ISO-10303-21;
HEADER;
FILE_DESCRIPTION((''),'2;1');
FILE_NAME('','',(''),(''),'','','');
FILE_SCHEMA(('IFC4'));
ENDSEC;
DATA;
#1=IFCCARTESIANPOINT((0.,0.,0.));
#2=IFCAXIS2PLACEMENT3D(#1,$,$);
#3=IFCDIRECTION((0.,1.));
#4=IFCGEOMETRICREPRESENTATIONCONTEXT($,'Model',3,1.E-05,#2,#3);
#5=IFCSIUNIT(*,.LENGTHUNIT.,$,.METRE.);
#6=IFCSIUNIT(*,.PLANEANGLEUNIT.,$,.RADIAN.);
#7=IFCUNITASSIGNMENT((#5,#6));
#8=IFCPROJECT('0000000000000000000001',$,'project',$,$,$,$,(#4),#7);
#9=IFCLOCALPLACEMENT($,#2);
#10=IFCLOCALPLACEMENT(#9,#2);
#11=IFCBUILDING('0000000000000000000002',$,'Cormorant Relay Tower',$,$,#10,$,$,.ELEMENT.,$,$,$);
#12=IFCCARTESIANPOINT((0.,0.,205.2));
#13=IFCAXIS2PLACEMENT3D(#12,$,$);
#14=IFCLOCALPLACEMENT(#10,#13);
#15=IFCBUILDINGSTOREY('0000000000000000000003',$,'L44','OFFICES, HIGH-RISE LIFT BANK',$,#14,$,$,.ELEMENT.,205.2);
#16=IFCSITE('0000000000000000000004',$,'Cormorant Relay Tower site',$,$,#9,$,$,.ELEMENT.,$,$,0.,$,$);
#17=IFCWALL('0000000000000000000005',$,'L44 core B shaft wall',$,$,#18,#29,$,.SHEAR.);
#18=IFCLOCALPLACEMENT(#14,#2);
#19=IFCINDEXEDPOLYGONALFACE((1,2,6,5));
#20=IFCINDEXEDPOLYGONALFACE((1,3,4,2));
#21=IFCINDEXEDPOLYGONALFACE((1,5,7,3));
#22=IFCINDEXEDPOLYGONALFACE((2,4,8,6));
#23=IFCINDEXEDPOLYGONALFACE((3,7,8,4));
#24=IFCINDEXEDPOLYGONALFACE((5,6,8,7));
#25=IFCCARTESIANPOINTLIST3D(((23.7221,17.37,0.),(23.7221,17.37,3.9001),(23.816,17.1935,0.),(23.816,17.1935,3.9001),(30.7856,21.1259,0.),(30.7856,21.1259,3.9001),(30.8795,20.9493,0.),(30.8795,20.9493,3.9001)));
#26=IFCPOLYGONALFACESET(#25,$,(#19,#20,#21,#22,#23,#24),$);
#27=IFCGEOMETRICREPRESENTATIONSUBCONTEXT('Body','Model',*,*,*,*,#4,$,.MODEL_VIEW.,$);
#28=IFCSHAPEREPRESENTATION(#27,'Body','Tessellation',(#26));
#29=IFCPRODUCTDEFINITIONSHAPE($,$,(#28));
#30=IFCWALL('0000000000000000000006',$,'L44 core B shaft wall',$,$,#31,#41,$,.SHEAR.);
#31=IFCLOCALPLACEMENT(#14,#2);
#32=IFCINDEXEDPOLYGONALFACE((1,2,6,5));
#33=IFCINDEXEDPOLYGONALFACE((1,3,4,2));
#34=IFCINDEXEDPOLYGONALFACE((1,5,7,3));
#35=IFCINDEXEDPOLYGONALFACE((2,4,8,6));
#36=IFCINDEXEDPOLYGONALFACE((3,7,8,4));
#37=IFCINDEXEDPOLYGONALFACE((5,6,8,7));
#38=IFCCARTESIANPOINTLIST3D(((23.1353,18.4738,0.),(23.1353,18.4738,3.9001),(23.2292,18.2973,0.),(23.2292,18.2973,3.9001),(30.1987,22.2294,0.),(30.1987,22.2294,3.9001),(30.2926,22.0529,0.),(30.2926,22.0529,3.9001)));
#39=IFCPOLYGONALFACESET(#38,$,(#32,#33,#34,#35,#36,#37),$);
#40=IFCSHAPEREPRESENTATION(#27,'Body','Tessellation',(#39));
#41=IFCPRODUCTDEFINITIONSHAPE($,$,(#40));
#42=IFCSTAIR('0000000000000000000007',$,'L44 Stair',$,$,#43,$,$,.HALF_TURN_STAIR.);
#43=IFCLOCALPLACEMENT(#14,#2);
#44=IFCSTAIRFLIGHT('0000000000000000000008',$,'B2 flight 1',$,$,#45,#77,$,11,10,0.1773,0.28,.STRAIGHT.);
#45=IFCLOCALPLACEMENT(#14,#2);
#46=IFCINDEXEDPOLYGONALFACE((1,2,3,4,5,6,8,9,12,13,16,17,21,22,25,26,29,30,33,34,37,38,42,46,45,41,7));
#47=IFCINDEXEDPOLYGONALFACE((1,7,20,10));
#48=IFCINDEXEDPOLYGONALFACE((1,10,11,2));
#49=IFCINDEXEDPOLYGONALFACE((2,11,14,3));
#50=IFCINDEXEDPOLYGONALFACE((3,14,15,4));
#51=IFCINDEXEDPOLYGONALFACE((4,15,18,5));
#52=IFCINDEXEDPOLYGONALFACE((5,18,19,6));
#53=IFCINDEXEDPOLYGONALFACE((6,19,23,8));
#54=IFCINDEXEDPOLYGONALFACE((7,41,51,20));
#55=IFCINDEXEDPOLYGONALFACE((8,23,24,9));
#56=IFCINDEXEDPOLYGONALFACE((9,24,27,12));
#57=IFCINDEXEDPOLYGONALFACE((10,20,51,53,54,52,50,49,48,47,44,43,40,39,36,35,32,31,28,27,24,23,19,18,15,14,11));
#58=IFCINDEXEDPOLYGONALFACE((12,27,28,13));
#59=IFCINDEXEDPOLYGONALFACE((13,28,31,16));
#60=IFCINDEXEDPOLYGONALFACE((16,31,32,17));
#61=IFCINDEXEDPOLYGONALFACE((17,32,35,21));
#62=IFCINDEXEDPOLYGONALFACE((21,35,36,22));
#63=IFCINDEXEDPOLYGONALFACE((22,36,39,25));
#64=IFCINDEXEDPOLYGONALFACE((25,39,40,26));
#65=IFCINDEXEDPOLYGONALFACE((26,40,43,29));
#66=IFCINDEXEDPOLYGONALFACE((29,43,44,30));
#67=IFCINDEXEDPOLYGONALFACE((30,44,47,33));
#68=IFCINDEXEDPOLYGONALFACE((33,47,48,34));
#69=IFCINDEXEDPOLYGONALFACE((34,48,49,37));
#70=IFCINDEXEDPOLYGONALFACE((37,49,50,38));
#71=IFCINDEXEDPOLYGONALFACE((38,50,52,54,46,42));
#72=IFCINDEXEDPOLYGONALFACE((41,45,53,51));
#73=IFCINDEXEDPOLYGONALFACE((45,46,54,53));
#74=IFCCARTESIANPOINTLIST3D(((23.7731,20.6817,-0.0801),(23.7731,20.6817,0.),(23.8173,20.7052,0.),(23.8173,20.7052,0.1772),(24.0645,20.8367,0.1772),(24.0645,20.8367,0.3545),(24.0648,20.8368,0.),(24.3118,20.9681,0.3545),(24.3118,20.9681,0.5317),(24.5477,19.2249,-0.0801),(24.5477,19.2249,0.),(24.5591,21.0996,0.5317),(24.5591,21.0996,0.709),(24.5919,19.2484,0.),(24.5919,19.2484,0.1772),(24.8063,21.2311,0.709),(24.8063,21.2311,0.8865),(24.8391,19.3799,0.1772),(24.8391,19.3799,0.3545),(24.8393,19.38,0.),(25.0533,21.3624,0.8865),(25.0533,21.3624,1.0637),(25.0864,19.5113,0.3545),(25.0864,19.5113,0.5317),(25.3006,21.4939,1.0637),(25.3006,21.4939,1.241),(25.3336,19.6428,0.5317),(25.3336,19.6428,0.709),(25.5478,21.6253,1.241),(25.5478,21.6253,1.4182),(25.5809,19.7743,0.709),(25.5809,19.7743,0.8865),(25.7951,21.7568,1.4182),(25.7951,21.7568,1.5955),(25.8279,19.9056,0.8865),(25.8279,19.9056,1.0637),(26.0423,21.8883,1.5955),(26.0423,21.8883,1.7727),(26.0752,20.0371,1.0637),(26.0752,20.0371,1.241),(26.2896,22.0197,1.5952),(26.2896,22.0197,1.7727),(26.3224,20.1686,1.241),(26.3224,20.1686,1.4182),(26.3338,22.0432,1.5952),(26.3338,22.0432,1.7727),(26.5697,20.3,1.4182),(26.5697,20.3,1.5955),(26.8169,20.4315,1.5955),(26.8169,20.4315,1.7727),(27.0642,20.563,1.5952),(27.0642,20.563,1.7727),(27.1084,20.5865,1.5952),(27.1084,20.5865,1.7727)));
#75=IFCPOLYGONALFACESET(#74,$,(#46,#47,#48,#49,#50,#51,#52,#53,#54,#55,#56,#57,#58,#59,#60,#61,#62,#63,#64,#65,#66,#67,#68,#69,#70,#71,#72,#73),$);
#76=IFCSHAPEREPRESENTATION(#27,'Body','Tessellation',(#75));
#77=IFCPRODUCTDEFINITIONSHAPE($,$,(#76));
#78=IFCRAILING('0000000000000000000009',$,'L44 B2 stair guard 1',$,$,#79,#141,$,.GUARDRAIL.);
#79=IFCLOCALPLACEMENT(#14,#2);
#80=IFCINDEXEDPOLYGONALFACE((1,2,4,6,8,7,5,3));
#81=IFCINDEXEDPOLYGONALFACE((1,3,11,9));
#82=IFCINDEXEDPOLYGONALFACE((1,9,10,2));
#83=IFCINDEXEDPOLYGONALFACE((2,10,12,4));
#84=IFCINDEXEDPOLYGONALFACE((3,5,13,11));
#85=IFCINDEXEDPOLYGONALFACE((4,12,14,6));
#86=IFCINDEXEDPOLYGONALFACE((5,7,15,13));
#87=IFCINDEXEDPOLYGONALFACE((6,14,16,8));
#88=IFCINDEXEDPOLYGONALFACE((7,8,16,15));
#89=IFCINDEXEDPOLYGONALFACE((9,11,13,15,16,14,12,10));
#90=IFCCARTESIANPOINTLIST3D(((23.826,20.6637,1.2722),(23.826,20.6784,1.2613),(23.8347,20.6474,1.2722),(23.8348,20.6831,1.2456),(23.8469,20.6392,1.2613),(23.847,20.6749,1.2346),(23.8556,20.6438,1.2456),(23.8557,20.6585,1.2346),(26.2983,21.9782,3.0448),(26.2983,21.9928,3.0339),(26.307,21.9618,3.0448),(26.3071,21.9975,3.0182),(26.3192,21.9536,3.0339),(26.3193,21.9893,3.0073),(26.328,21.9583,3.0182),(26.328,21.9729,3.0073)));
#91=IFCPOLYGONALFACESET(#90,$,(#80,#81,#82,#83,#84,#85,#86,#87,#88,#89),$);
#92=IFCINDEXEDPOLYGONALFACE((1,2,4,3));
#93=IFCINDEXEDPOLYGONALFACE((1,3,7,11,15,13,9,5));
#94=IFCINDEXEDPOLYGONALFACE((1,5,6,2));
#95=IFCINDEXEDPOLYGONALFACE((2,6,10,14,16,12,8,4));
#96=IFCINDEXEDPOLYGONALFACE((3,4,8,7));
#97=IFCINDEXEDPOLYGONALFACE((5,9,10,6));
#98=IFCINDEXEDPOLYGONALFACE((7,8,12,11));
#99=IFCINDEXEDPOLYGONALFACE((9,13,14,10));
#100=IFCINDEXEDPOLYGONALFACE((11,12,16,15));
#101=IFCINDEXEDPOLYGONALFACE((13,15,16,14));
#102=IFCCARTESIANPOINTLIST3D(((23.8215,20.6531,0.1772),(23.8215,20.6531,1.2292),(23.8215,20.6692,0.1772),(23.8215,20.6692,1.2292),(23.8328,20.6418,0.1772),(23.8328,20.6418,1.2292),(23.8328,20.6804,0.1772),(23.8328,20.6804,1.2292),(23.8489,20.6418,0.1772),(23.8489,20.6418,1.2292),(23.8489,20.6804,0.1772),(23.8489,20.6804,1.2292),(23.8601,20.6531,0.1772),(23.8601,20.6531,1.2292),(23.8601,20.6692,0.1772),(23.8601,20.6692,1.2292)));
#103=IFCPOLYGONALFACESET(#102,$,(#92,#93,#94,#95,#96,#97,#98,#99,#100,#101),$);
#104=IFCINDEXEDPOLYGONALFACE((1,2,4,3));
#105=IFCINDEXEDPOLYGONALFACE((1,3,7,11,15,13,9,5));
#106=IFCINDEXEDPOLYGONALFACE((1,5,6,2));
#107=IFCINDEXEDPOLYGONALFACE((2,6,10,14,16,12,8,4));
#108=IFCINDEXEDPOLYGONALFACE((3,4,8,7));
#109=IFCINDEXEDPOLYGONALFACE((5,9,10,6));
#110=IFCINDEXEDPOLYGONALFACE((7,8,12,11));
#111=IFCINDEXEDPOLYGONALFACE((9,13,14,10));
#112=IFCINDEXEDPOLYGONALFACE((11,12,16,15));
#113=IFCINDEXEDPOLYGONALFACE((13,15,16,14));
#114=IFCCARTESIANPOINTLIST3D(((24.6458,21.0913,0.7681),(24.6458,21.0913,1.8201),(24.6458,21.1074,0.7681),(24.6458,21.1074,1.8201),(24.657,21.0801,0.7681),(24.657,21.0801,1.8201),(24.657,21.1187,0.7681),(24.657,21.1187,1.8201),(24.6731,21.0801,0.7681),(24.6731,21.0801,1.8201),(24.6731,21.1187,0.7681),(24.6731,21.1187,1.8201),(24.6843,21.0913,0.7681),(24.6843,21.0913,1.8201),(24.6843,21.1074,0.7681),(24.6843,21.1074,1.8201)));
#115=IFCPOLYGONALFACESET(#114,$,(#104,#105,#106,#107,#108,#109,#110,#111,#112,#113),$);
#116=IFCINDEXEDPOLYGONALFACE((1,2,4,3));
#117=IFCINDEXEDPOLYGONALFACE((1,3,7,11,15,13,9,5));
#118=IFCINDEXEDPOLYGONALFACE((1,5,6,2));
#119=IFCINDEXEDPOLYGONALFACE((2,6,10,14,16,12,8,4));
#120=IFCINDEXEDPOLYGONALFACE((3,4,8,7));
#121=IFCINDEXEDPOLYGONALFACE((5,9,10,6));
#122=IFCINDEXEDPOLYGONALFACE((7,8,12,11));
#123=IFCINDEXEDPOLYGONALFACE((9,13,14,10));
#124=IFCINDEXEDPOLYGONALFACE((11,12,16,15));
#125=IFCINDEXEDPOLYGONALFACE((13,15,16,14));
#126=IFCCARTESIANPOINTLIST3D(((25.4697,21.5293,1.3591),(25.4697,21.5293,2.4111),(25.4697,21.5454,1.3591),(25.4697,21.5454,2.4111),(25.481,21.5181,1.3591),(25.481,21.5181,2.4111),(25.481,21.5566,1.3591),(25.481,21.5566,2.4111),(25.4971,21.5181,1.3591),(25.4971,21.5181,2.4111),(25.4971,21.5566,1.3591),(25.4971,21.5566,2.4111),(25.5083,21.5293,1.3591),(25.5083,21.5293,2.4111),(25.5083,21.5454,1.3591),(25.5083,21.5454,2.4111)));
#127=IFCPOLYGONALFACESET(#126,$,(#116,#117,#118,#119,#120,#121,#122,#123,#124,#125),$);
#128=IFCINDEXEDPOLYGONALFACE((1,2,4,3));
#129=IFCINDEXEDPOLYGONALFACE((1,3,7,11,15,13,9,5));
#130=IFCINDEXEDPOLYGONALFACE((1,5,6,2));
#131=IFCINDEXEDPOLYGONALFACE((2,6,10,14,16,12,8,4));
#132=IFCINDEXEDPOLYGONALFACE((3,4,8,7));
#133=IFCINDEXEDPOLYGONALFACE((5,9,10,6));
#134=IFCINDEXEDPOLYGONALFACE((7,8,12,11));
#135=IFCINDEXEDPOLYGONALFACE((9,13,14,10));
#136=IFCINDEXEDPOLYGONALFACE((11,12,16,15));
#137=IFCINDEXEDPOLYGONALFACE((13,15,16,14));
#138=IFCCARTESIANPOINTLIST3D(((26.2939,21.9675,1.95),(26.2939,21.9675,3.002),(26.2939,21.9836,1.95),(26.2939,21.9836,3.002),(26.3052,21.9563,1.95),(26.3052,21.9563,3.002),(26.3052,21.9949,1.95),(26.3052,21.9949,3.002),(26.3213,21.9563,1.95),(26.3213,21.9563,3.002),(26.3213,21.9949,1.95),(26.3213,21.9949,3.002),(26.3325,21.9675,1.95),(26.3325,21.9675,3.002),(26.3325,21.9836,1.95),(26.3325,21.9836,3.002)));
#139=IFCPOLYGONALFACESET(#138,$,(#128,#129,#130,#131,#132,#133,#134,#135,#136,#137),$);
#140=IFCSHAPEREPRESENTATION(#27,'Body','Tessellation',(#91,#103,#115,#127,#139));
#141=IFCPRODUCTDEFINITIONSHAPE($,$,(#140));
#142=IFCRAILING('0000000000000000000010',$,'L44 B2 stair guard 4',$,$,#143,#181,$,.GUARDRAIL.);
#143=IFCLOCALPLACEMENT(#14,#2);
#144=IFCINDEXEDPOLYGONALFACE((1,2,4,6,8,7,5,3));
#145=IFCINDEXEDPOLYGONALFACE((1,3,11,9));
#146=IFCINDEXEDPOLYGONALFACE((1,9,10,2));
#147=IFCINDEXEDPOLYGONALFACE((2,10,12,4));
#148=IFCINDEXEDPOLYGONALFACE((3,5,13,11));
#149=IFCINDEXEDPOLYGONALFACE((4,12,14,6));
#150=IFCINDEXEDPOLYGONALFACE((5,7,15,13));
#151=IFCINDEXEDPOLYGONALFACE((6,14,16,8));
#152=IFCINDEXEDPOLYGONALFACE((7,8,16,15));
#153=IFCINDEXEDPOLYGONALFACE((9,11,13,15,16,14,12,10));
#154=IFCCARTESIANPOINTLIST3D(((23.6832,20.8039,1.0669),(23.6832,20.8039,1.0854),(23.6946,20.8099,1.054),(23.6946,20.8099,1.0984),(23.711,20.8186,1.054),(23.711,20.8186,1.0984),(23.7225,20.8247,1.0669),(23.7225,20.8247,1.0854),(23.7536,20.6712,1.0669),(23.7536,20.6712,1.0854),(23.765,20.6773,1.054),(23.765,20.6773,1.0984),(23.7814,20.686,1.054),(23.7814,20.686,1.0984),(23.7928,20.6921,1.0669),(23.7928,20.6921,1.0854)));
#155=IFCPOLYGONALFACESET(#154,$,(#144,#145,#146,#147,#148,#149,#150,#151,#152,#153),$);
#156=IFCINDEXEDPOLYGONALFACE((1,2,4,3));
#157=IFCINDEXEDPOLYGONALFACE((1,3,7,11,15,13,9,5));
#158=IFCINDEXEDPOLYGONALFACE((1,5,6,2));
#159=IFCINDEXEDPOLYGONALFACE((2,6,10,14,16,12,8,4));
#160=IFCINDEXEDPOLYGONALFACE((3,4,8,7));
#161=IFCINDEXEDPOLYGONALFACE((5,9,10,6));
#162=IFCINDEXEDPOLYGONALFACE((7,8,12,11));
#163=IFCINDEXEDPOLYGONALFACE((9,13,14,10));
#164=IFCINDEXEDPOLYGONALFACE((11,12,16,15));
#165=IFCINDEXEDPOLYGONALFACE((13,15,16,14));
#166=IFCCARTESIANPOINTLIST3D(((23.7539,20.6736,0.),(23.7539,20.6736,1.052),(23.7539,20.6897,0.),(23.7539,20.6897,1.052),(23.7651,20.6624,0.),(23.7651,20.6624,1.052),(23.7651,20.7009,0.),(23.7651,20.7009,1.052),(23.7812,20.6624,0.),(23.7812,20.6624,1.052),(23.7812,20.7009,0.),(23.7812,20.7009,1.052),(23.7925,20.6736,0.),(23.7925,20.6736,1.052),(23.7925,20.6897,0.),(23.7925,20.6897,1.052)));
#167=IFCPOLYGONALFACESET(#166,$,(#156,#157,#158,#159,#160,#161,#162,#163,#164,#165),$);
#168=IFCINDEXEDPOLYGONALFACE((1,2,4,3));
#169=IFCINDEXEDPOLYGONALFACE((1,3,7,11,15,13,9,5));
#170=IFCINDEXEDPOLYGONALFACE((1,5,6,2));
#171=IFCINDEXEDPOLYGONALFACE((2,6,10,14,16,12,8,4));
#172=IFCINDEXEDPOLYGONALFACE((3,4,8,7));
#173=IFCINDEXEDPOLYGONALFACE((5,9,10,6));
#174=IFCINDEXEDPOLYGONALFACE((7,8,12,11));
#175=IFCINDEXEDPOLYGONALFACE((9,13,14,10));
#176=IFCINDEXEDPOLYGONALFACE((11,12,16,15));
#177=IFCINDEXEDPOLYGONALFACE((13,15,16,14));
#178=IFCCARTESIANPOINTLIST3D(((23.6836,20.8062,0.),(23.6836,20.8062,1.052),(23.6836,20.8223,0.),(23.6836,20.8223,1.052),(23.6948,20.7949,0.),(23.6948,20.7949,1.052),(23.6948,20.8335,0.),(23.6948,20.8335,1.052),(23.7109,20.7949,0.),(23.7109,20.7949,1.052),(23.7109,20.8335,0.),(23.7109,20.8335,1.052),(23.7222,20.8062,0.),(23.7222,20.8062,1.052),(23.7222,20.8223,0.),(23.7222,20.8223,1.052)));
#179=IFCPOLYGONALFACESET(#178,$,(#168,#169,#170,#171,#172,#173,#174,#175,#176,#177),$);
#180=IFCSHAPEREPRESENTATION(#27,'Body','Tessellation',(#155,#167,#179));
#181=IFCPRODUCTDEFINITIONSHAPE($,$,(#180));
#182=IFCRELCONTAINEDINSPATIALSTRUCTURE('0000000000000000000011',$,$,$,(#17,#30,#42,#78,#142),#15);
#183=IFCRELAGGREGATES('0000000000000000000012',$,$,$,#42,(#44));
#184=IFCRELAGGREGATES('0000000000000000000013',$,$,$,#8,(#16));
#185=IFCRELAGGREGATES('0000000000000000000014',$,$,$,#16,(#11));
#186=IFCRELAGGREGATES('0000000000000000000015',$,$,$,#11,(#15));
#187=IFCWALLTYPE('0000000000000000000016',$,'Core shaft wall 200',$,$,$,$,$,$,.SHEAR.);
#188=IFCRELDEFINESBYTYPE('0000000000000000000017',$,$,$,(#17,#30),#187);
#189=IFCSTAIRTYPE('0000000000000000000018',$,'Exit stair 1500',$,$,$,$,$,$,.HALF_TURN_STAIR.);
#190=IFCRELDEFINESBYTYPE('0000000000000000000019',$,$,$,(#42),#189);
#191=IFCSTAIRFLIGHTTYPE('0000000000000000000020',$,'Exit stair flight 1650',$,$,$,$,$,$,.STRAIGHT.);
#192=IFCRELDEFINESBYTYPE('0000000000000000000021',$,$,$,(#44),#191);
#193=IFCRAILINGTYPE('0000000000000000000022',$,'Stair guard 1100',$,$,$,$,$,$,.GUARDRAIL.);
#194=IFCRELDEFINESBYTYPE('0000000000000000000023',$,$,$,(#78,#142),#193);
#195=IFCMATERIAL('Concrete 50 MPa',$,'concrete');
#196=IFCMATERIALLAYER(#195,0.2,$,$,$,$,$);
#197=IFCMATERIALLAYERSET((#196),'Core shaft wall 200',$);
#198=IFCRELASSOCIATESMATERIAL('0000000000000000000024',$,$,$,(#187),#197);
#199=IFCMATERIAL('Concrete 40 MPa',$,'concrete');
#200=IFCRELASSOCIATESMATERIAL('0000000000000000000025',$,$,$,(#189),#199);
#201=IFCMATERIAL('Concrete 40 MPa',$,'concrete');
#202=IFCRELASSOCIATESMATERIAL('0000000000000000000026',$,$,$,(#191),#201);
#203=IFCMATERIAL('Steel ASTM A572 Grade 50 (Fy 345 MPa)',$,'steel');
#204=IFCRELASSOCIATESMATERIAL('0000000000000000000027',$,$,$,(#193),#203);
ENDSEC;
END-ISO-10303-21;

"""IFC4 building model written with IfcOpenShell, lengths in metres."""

from ifc_helpers import new_model, si_unit, direction, frame, frame_2d, origin, place, context, subcontext, project, spatial, polyline, rectangle, outline, extrude, material, layer, layer_set, type_object, element, aggregate, save


model = new_model("IFC4")

# Units and contexts
model_context = context("Model", 3, precision=1e-05, world=origin(), true_north=direction((0.0, 1.0)))
body_context = subcontext(model_context, "Body", "Model", "MODEL_VIEW")
ifc_project = project(units=[si_unit("LENGTHUNIT", "METRE"), si_unit("PLANEANGLEUNIT", "RADIAN")], contexts=[model_context])

# Site, building, storey
site_placement = place(None, origin())
site = spatial("IfcSite", under=ifc_project, at=site_placement, Name="Cormorant Relay Tower site", CompositionType="ELEMENT", RefElevation=0.0)
building_placement = place(site_placement, origin())
building = spatial("IfcBuilding", under=site, at=building_placement, Name="Cormorant Relay Tower", CompositionType="ELEMENT")
storey_placement = place(building_placement, frame((0.0, 0.0, 205.2)))
storey = spatial("IfcBuildingStorey", under=building, at=storey_placement, Name="L44", Description="OFFICES, HIGH-RISE LIFT BANK", CompositionType="ELEMENT", Elevation=205.2)

# Shared definitions
ifc_material_1 = material(Name="Concrete 50 MPa", Category="concrete")
ifc_layer = layer(ifc_material_1, 0.2)
ifc_layer_set = layer_set([ifc_layer], Name="Core shaft wall 200")
wall_type = type_object("IfcWallType", Name="Core shaft wall 200", PredefinedType="SHEAR", material=ifc_layer_set)

# Walls
wall_1_placement = place(storey_placement, frame((23.769, 17.2817, 0.0), z_axis=(0.0, 0.0, 1.0), x_axis=(0.88294, 0.469485, 0.0)))
element("IfcWall", 1, at=wall_1_placement, inside=storey, type_object=wall_type, Name="L44 core B shaft wall", PredefinedType="SHEAR", context=body_context, shape_type="SweptSolid", body=[
    extrude(rectangle(XDim=8.0, YDim=0.2, at=frame_2d((4.0, 0.0))), origin(), (0.0, 0.0, 1.0), 3.9001),
])
wall_2_placement = place(storey_placement, frame((23.1821, 18.3855, 0.0), z_axis=(0.0, 0.0, 1.0), x_axis=(0.882953, 0.469462, 0.0)))
element("IfcWall", 2, at=wall_2_placement, inside=storey, type_object=wall_type, Name="L44 core B shaft wall", PredefinedType="SHEAR", context=body_context, shape_type="SweptSolid", body=[
    extrude(rectangle(XDim=7.9998, YDim=0.2, at=frame_2d((4.0, 0.0))), origin(), (0.0, 0.0, 1.0), 3.9001),
])

# Stair, stair flight
ifc_material_2 = material(Name="Concrete 40 MPa", Category="concrete")
stair_type = type_object("IfcStairType", Name="Exit stair 1500", PredefinedType="HALF_TURN_STAIR", material=ifc_material_2)
stair_placement = place(storey_placement, origin())
stair = element("IfcStair", 3, at=stair_placement, inside=storey, type_object=stair_type, Name="L44 Stair", PredefinedType="HALF_TURN_STAIR")
ifc_material_3 = material(Name="Concrete 40 MPa", Category="concrete")
stair_flight_type = type_object("IfcStairFlightType", Name="Exit stair flight 1650", PredefinedType="STRAIGHT", material=ifc_material_3)
stair_flight_placement = place(storey_placement, frame((24.2046, 19.9768, 0.0), z_axis=(0.0, 0.0, 1.0), x_axis=(0.882948, 0.469472, 0.0)))
stair_flight = element("IfcStairFlight", 4, at=stair_flight_placement, type_object=stair_flight_type, Name="B2 flight 1", NumberOfRisers=11, NumberOfTreads=10, PredefinedType="STRAIGHT", RiserHeight=0.1773, TreadLength=0.28, context=body_context, shape_type="SweptSolid", body=[
    extrude(outline(polyline([(-0.05, -0.0801), (-0.05, 0.0), (0.0, 0.0), (0.0, 0.1772), (0.28, 0.1772), (0.28, 0.3545), (0.5601, 0.3545), (0.5601, 0.5317), (0.8401, 0.5317), (0.8401, 0.709), (1.1201, 0.709), (1.1201, 0.8865), (1.3999, 0.8865), (1.3999, 1.0637), (1.6799, 1.0637), (1.6799, 1.241), (1.96, 1.241), (1.96, 1.4182), (2.24, 1.4182), (2.24, 1.5955), (2.52, 1.5955), (2.52, 1.7727), (2.8, 1.7727), (2.8501, 1.7727), (2.8501, 1.5952), (2.8, 1.5952), (0.2803, 0.0), (-0.05, -0.0801)])), frame((0.0, 0.825, 0.0), z_axis=(0.0, -1.0, 0.0), x_axis=(1.0, 0.0, 0.0)), (0.0, 0.0, 1.0), 1.6499),
])
aggregate(stair, [stair_flight])

# Railings
ifc_material_4 = material(Name="Steel ASTM A572 Grade 50 (Fy 345 MPa)", Category="steel")
railing_type_1 = type_object("IfcRailingType", Name="Stair guard 1100", PredefinedType="GUARDRAIL", material=ifc_material_4)
railing_1_placement = place(storey_placement, frame((23.8408, 20.6611, 0.1772)))
element("IfcRailing", 5, at=railing_1_placement, inside=storey, type_object=railing_type_1, Name="L44 B2 stair guard 1", PredefinedType="GUARDRAIL", context=body_context, shape_type="SweptSolid", body=[
    extrude(outline(polyline([(0.0222, 0.0093), (0.0093, 0.0222), (-0.0093, 0.0222), (-0.0222, 0.0093), (-0.0222, -0.0093), (-0.0093, -0.0222), (0.0093, -0.0222), (0.0222, -0.0093), (0.0222, 0.0093)])), frame((0.0, 0.0, 1.0762), z_axis=(0.746034, 0.396627, 0.534902), x_axis=(-0.469429, 0.88297, 0.0)), (0.0, 0.0, 1.0), 3.314),
    extrude(outline(polyline([(0.0193, 0.0081), (0.0081, 0.0193), (-0.0081, 0.0193), (-0.0193, 0.0081), (-0.0193, -0.0081), (-0.0081, -0.0193), (0.0081, -0.0193), (0.0193, -0.0081), (0.0193, 0.0081)])), origin(), (0.0, 0.0, 1.0), 1.052),
    extrude(outline(polyline([(0.0193, 0.0081), (0.0081, 0.0193), (-0.0081, 0.0193), (-0.0193, 0.0081), (-0.0193, -0.0081), (-0.0081, -0.0193), (0.0081, -0.0193), (0.0193, -0.0081), (0.0193, 0.0081)])), frame((0.8242, 0.4382, 0.5908)), (0.0, 0.0, 1.0), 1.052),
    extrude(outline(polyline([(0.0193, 0.0081), (0.0081, 0.0193), (-0.0081, 0.0193), (-0.0193, 0.0081), (-0.0193, -0.0081), (-0.0081, -0.0193), (0.0081, -0.0193), (0.0193, -0.0081), (0.0193, 0.0081)])), frame((1.6482, 0.8762, 1.1819)), (0.0, 0.0, 1.0), 1.052),
    extrude(outline(polyline([(0.0193, 0.0081), (0.0081, 0.0193), (-0.0081, 0.0193), (-0.0193, 0.0081), (-0.0193, -0.0081), (-0.0081, -0.0193), (0.0081, -0.0193), (0.0193, -0.0081), (0.0193, 0.0081)])), frame((2.4724, 1.3145, 1.7727)), (0.0, 0.0, 1.0), 1.052),
])
railing_2_placement = place(storey_placement, frame((23.7732, 20.6816, 0.0)))
element("IfcRailing", 6, at=railing_2_placement, inside=storey, type_object=railing_type_1, Name="L44 B2 stair guard 4", PredefinedType="GUARDRAIL", context=body_context, shape_type="SweptSolid", body=[
    extrude(outline(polyline([(0.0222, 0.0093), (0.0093, 0.0222), (-0.0093, 0.0222), (-0.0222, 0.0093), (-0.0222, -0.0093), (-0.0093, -0.0222), (0.0093, -0.0222), (0.0222, -0.0093), (0.0222, 0.0093)])), frame((0.0, 0.0, 1.0762), z_axis=(-0.46856, 0.883431, 0.0), x_axis=(-0.883431, -0.46856, 0.0)), (0.0, 0.0, 1.0), 0.1501),
    extrude(outline(polyline([(0.0193, 0.0081), (0.0081, 0.0193), (-0.0081, 0.0193), (-0.0193, 0.0081), (-0.0193, -0.0081), (-0.0081, -0.0193), (0.0081, -0.0193), (0.0193, -0.0081), (0.0193, 0.0081)])), origin(), (0.0, 0.0, 1.0), 1.052),
    extrude(outline(polyline([(0.0193, 0.0081), (0.0081, 0.0193), (-0.0081, 0.0193), (-0.0193, 0.0081), (-0.0193, -0.0081), (-0.0081, -0.0193), (0.0081, -0.0193), (0.0193, -0.0081), (0.0193, 0.0081)])), frame((-0.0703, 0.1326, 0.0)), (0.0, 0.0, 1.0), 1.052),
])

save(model, "model.ifc")
